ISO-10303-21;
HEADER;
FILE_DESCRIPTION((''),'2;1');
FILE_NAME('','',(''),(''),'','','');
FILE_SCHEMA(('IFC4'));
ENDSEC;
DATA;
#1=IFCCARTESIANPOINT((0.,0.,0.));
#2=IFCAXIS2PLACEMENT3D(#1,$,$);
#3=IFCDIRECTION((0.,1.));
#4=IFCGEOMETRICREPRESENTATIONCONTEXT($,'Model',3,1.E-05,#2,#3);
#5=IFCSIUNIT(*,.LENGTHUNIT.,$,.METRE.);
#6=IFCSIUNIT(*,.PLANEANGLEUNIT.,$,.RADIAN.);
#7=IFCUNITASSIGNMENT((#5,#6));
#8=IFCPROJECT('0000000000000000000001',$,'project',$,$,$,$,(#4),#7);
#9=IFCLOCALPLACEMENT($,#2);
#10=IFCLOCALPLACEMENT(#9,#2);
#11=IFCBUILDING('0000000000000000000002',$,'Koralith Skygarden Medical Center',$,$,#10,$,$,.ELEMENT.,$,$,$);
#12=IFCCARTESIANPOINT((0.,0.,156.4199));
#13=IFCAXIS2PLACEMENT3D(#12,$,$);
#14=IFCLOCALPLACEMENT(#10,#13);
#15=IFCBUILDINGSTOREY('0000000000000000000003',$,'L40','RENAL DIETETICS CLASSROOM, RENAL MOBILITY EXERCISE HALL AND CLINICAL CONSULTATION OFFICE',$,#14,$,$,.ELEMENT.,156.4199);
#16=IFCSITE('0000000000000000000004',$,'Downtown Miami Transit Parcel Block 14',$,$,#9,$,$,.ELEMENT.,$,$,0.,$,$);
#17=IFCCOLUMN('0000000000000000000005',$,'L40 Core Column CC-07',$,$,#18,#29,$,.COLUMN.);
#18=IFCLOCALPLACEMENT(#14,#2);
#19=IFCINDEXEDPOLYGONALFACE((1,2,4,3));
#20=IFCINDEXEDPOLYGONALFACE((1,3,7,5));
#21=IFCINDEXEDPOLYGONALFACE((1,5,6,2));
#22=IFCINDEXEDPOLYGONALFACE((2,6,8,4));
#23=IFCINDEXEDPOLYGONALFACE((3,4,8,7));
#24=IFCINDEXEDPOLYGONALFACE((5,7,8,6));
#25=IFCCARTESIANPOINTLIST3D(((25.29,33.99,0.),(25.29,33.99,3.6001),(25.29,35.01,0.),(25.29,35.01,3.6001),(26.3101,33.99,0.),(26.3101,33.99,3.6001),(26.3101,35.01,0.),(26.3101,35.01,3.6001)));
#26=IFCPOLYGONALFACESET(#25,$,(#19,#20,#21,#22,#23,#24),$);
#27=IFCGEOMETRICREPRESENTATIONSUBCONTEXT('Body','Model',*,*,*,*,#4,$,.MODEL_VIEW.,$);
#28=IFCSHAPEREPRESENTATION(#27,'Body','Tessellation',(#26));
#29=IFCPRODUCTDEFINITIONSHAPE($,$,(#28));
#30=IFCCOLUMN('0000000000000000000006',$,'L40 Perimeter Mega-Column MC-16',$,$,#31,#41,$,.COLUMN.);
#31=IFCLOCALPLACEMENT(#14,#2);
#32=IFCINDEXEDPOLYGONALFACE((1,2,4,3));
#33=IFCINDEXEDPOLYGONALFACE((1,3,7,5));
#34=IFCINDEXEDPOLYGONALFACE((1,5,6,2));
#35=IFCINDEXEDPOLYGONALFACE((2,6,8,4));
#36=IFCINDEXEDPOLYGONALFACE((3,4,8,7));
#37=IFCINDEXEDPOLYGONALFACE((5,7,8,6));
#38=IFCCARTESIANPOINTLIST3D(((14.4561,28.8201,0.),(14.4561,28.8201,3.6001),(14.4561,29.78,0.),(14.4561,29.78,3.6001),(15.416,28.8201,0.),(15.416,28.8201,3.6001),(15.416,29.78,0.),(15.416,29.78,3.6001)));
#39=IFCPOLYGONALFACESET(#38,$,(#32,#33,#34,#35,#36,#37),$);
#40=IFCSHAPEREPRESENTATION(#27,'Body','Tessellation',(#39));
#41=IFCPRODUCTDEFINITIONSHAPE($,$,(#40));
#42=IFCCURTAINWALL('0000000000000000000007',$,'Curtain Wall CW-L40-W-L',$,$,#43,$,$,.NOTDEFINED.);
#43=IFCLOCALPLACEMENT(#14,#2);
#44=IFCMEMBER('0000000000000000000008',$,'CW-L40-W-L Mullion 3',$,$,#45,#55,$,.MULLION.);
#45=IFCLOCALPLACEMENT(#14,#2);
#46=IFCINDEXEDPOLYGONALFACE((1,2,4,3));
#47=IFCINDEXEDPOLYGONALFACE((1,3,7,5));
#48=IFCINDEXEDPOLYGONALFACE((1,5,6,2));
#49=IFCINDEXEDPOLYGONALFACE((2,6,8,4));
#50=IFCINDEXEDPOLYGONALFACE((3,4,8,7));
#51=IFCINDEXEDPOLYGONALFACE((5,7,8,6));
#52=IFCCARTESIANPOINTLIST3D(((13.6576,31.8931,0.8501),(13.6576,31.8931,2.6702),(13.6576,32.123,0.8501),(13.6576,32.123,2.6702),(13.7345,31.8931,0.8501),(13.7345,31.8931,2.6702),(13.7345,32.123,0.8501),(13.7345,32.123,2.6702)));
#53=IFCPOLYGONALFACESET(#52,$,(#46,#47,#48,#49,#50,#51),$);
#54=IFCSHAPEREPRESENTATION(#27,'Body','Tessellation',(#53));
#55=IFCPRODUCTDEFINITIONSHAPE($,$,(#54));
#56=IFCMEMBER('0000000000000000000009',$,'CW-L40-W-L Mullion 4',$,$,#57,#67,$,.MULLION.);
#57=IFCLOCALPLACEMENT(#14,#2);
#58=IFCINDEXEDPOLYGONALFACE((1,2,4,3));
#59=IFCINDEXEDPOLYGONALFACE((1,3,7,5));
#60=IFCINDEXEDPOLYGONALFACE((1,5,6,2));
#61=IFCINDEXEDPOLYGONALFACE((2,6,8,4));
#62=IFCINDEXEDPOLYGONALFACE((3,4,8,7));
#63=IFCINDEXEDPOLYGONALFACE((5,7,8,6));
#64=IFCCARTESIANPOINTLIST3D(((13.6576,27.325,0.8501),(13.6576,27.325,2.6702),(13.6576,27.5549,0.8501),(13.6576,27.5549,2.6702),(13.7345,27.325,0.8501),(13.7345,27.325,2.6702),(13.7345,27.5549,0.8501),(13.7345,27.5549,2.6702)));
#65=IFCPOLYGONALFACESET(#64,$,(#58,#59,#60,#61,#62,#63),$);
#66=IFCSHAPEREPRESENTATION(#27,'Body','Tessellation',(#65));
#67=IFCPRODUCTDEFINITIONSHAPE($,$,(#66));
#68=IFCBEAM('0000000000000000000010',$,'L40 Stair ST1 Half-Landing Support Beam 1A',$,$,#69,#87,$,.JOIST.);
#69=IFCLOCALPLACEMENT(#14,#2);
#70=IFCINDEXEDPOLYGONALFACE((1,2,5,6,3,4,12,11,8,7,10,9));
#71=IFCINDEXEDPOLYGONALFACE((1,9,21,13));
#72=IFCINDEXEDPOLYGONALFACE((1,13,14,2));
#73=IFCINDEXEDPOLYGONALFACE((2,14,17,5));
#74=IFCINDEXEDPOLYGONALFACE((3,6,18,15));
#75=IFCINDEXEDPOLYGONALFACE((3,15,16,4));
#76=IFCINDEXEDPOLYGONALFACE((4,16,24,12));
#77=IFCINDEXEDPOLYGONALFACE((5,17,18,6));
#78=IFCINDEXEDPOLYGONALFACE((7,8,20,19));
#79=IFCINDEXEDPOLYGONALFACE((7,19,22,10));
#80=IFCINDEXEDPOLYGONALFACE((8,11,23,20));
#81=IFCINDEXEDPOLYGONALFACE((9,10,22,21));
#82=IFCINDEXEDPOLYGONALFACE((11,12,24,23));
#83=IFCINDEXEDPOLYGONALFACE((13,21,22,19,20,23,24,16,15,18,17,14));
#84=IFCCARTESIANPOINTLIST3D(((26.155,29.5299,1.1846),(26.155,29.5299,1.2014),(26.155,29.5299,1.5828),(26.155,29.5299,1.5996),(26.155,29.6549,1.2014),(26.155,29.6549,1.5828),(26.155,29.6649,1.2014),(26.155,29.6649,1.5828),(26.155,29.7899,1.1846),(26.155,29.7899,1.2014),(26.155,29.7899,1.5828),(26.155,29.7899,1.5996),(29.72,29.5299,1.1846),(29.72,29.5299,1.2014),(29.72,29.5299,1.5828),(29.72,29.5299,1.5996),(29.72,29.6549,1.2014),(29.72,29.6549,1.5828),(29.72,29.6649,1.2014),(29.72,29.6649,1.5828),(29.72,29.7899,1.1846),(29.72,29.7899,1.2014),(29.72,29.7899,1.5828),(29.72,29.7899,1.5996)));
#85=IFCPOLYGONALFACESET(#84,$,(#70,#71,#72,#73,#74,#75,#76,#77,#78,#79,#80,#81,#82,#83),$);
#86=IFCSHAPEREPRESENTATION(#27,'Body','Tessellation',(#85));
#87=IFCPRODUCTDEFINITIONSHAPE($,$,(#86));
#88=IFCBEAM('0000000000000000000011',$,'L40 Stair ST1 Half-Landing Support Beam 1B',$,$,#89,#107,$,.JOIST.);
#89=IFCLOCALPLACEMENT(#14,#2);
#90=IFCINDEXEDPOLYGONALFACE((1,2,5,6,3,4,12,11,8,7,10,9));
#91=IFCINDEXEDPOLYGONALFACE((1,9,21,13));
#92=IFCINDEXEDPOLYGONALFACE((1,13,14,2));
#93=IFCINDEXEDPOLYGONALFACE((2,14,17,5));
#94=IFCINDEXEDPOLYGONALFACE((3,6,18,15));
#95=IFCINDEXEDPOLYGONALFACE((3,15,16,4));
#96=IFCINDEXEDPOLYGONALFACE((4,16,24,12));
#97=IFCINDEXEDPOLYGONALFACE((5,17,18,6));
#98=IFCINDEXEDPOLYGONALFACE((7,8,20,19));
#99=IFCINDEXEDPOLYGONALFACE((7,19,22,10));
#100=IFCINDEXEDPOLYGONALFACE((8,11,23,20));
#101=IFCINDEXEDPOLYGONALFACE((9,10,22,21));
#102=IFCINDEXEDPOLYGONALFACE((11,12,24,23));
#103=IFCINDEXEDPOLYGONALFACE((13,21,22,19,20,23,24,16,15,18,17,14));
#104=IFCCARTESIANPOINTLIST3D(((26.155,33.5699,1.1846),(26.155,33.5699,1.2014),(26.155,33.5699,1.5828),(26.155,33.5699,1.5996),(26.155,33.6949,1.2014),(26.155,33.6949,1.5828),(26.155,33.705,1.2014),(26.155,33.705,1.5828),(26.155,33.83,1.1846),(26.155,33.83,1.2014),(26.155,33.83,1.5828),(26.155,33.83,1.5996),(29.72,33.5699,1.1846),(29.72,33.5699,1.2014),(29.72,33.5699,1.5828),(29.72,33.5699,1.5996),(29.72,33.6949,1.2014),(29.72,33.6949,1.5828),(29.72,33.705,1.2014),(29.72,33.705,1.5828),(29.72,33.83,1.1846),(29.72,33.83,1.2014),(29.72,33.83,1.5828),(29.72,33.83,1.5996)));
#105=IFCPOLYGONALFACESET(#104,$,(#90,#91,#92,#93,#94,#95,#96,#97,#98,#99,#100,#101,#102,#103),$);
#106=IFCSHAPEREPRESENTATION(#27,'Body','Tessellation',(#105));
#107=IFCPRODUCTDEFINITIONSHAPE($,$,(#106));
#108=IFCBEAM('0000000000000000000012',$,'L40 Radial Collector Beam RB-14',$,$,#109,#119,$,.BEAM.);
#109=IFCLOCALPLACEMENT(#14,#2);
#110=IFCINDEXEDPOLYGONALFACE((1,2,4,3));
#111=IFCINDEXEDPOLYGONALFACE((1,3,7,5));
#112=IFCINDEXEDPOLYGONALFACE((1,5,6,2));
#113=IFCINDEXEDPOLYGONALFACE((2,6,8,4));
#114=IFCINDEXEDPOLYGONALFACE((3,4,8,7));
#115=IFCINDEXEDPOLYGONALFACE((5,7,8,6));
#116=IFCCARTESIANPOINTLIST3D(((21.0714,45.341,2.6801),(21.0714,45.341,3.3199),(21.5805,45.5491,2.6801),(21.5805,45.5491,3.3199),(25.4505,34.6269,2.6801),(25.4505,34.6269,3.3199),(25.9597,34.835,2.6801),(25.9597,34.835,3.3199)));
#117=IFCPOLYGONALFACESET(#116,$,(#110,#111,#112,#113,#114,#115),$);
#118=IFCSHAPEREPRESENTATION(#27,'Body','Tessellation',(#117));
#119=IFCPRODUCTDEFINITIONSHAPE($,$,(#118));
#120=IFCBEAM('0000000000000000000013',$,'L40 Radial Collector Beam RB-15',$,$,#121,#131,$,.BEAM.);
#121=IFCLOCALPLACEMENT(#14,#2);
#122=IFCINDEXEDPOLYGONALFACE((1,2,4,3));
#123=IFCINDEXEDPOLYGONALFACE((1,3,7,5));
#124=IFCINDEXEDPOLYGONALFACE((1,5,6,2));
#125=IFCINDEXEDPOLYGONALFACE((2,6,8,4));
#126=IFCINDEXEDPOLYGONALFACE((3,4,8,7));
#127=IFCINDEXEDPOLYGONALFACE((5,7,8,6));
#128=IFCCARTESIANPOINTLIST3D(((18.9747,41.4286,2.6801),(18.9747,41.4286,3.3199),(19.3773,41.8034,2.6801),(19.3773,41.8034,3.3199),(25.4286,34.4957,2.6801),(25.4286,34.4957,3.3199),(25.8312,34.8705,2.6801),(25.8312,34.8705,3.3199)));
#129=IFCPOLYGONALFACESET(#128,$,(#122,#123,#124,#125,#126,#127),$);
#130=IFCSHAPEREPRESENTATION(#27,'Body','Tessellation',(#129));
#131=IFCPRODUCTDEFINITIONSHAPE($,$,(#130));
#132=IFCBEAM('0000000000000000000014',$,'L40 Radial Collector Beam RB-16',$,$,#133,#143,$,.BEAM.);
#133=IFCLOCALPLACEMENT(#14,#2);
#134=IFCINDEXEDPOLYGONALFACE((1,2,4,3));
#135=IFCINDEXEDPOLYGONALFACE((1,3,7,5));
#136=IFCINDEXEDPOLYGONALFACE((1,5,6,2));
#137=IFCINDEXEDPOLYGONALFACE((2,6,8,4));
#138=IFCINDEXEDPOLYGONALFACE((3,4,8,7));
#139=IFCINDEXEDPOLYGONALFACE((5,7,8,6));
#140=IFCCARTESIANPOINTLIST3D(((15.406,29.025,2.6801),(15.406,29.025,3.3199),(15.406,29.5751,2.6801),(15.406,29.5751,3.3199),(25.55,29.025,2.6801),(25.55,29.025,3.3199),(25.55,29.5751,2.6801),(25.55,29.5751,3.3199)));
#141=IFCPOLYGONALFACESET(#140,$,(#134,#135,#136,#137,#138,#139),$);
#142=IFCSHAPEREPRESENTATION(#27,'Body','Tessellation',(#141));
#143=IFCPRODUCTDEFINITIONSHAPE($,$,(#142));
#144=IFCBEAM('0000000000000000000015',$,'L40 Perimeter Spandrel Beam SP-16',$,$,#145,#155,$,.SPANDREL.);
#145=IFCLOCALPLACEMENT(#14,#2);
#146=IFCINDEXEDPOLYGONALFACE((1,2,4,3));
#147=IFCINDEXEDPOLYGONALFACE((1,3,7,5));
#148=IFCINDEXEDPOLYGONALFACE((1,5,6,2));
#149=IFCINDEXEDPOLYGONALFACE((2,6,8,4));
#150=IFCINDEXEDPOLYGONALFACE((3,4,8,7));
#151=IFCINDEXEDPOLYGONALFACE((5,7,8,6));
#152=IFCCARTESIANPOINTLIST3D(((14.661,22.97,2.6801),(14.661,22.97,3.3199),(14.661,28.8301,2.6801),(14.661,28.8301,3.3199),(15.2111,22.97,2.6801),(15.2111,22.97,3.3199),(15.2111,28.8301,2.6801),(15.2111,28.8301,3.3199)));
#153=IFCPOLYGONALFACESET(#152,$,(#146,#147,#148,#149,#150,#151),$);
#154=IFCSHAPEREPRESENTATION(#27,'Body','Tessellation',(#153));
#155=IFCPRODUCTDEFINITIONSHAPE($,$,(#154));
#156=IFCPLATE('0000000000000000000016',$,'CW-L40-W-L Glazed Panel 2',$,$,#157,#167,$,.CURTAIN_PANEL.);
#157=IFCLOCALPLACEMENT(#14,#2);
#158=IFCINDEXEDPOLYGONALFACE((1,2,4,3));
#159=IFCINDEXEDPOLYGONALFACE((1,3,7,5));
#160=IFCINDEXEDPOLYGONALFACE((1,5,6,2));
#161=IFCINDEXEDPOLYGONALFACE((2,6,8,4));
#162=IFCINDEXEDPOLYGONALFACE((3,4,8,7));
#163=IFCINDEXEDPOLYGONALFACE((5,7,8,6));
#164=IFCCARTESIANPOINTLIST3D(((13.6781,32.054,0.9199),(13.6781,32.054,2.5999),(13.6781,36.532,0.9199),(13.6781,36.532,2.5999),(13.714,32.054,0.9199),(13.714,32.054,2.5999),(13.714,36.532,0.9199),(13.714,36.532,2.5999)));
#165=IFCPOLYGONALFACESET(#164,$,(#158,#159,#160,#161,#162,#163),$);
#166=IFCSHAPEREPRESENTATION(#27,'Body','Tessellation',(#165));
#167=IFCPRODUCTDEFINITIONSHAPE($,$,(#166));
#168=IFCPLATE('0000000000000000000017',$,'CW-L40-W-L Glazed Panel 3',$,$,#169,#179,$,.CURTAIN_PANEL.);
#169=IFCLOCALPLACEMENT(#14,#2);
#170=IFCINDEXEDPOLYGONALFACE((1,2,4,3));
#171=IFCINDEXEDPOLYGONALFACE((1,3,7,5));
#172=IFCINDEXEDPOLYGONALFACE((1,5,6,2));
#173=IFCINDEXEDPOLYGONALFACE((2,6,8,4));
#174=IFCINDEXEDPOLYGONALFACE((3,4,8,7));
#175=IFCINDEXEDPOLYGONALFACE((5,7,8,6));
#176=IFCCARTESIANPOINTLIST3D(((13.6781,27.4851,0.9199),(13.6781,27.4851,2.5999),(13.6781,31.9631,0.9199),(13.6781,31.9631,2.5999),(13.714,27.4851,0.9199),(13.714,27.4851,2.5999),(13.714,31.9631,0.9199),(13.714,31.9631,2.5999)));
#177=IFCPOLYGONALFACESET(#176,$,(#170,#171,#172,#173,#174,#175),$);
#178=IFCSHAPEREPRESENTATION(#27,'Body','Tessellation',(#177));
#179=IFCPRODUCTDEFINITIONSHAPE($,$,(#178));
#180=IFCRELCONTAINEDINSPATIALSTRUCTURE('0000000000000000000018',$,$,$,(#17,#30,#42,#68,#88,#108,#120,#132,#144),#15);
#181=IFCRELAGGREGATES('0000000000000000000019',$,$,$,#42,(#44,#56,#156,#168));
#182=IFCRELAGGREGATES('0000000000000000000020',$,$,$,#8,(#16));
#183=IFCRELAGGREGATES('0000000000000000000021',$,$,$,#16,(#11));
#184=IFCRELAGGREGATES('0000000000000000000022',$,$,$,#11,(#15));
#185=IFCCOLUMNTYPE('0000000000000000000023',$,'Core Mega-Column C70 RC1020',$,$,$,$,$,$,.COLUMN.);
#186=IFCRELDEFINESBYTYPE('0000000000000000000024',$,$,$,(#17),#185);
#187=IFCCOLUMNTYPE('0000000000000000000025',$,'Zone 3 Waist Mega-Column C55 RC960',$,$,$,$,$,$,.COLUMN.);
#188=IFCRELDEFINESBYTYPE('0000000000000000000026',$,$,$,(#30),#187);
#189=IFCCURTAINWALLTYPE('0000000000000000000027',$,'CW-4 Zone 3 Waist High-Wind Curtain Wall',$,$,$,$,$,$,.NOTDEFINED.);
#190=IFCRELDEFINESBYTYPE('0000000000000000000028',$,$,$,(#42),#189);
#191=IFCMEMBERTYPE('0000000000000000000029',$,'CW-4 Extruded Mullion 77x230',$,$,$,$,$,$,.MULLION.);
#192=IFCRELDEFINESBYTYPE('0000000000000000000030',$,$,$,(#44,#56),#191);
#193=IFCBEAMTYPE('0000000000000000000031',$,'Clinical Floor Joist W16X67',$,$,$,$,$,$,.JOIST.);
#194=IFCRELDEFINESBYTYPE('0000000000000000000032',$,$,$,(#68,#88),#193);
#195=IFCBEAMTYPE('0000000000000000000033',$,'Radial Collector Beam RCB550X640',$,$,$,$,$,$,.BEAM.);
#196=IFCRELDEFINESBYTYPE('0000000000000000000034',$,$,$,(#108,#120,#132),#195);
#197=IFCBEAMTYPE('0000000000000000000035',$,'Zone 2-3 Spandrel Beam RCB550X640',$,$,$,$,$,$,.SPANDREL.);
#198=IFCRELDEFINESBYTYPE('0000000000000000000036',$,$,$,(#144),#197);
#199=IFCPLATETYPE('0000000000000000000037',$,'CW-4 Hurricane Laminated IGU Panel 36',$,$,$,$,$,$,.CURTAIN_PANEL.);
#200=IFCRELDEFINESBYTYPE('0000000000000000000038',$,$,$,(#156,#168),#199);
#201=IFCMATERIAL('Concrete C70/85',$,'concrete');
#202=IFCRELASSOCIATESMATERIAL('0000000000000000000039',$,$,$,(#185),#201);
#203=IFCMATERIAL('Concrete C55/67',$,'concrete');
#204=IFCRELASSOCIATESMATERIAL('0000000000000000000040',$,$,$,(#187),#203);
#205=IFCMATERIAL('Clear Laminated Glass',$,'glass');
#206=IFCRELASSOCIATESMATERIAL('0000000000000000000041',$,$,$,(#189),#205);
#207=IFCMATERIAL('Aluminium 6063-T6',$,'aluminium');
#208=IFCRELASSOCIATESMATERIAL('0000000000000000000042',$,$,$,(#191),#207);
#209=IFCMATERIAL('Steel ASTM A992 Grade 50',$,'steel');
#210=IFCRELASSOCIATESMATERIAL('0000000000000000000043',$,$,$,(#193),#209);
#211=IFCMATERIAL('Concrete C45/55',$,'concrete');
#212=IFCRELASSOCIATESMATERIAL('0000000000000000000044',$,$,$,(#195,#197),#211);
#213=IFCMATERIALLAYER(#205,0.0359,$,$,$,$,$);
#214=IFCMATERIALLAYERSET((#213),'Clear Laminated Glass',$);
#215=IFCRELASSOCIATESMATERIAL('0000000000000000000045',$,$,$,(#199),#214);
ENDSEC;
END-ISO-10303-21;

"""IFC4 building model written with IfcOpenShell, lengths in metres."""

from ifc_helpers import new_model, si_unit, direction, frame, origin, origin_2d, place, context, subcontext, project, spatial, rectangle, i_section, extrude, material, layer, layer_set, material_profile, profile_set, type_object, element, aggregate, save


model = new_model("IFC4")

# Units and contexts
model_context = context("Model", 3, precision=1e-05, world=origin(), true_north=direction((0.0, 1.0)))
body_context = subcontext(model_context, "Body", "Model", "MODEL_VIEW")
ifc_project = project(units=[si_unit("LENGTHUNIT", "METRE"), si_unit("PLANEANGLEUNIT", "RADIAN")], contexts=[model_context])

# Site, building, storey
site_placement = place(None, origin())
site = spatial("IfcSite", under=ifc_project, at=site_placement, Name="Downtown Miami Transit Parcel Block 14", CompositionType="ELEMENT", RefElevation=0.0)
building_placement = place(site_placement, origin())
building = spatial("IfcBuilding", under=site, at=building_placement, Name="Koralith Skygarden Medical Center", CompositionType="ELEMENT")
storey_placement = place(building_placement, frame((0.0, 0.0, 156.4199)))
storey = spatial("IfcBuildingStorey", under=building, at=storey_placement, Name="L40", Description="RENAL DIETETICS CLASSROOM, RENAL MOBILITY EXERCISE HALL AND CLINICAL CONSULTATION OFFICE", CompositionType="ELEMENT", Elevation=156.4199)

# Columns
ifc_material_1 = material(Name="Concrete C70/85", Category="concrete")
ifc_material_profile_1 = material_profile(ifc_material_1, rectangle(XDim=1.02, YDim=1.02, at=origin_2d()), Name="RC1020X1020")
ifc_profile_set_1 = profile_set([ifc_material_profile_1], Name="Concrete C70/85")
column_type_1 = type_object("IfcColumnType", Name="Core Mega-Column C70 RC1020", PredefinedType="COLUMN", material=ifc_profile_set_1)
column_1_placement = place(storey_placement, frame((25.8, 34.5, 0.0), z_axis=(0.0, 0.0, 1.0), x_axis=(1.0, 0.0, 0.0)))
element("IfcColumn", 1, at=column_1_placement, inside=storey, type_object=column_type_1, Name="L40 Core Column CC-07", PredefinedType="COLUMN", context=body_context, shape_type="SweptSolid", body=[
    extrude(rectangle(XDim=1.02, YDim=1.02, at=origin_2d()), origin(), (0.0, 0.0, 1.0), 3.6001),
])
ifc_material_2 = material(Name="Concrete C55/67", Category="concrete")
ifc_material_profile_2 = material_profile(ifc_material_2, rectangle(XDim=0.96, YDim=0.96, at=origin_2d()), Name="RC960X960")
ifc_profile_set_2 = profile_set([ifc_material_profile_2], Name="Concrete C55/67")
column_type_2 = type_object("IfcColumnType", Name="Zone 3 Waist Mega-Column C55 RC960", PredefinedType="COLUMN", material=ifc_profile_set_2)
column_2_placement = place(storey_placement, frame((14.936, 29.3, 0.0), z_axis=(0.0, 0.0, 1.0), x_axis=(1.0, 0.0, 0.0)))
element("IfcColumn", 2, at=column_2_placement, inside=storey, type_object=column_type_2, Name="L40 Perimeter Mega-Column MC-16", PredefinedType="COLUMN", context=body_context, shape_type="SweptSolid", body=[
    extrude(rectangle(XDim=0.96, YDim=0.96, at=origin_2d()), origin(), (0.0, 0.0, 1.0), 3.6001),
])

# Curtain wall, members
ifc_material_3 = material(Name="Clear Laminated Glass", Category="glass")
curtain_wall_type = type_object("IfcCurtainWallType", Name="CW-4 Zone 3 Waist High-Wind Curtain Wall", PredefinedType="NOTDEFINED", material=ifc_material_3)
curtain_wall_placement = place(storey_placement, origin())
curtain_wall = element("IfcCurtainWall", 3, at=curtain_wall_placement, inside=storey, type_object=curtain_wall_type, Name="Curtain Wall CW-L40-W-L", PredefinedType="NOTDEFINED")
ifc_material_4 = material(Name="Aluminium 6063-T6", Category="aluminium")
ifc_material_profile_3 = material_profile(ifc_material_4, rectangle(XDim=0.0769, YDim=0.23, at=origin_2d()), Name="MUL77X230")
ifc_profile_set_3 = profile_set([ifc_material_profile_3], Name="Aluminium 6063-T6")
member_type = type_object("IfcMemberType", Name="CW-4 Extruded Mullion 77x230", PredefinedType="MULLION", material=ifc_profile_set_3)
member_1_placement = place(storey_placement, frame((13.696, 32.0081, 0.8501), z_axis=(0.0, 0.0, 1.0), x_axis=(1.0, 0.0, 0.0)))
member_1 = element("IfcMember", 4, at=member_1_placement, type_object=member_type, Name="CW-L40-W-L Mullion 3", PredefinedType="MULLION", context=body_context, shape_type="SweptSolid", body=[
    extrude(rectangle(XDim=0.0769, YDim=0.23, at=origin_2d()), origin(), (0.0, 0.0, 1.0), 1.8201),
])
member_2_placement = place(storey_placement, frame((13.696, 27.4399, 0.8501), z_axis=(0.0, 0.0, 1.0), x_axis=(1.0, 0.0, 0.0)))
member_2 = element("IfcMember", 5, at=member_2_placement, type_object=member_type, Name="CW-L40-W-L Mullion 4", PredefinedType="MULLION", context=body_context, shape_type="SweptSolid", body=[
    extrude(rectangle(XDim=0.0769, YDim=0.23, at=origin_2d()), origin(), (0.0, 0.0, 1.0), 1.8201),
])

# Beams
ifc_material_5 = material(Name="Steel ASTM A992 Grade 50", Category="steel")
ifc_material_profile_4 = material_profile(ifc_material_5, i_section(OverallWidth=0.26, OverallDepth=0.415, WebThickness=0.01, FlangeThickness=0.0168, at=origin_2d()), Name="W16X67")
ifc_profile_set_4 = profile_set([ifc_material_profile_4], Name="Steel ASTM A992 Grade 50")
beam_type_1 = type_object("IfcBeamType", Name="Clinical Floor Joist W16X67", PredefinedType="JOIST", material=ifc_profile_set_4)
for number, where, z_axis, x_axis, name in (
    (6, (26.155, 29.6599, 1.3921), (1.0, 0.0, 0.0), (0.0, 1.0, 0.0), "L40 Stair ST1 Half-Landing Support Beam 1A"),
    (7, (26.155, 33.7, 1.3921), (1.0, 0.0, 0.0), (0.0, 1.0, 0.0), "L40 Stair ST1 Half-Landing Support Beam 1B"),
):
    element("IfcBeam", number, at=place(storey_placement, frame(where, z_axis=z_axis, x_axis=x_axis)), inside=storey, type_object=beam_type_1, Name=name, PredefinedType="JOIST", context=body_context, shape_type="SweptSolid", body=[
        extrude(i_section(OverallWidth=0.26, OverallDepth=0.415, WebThickness=0.01, FlangeThickness=0.0168, at=origin_2d()), origin(), (0.0, 0.0, 1.0), 3.5649),
    ])
ifc_material_6 = material(Name="Concrete C45/55", Category="concrete")
ifc_material_profile_5 = material_profile(ifc_material_6, rectangle(XDim=0.55, YDim=0.6399, at=origin_2d()), Name="RCB550X640")
ifc_profile_set_5 = profile_set([ifc_material_profile_5], Name="Concrete C45/55")
beam_type_2 = type_object("IfcBeamType", Name="Radial Collector Beam RCB550X640", PredefinedType="BEAM", material=ifc_profile_set_5)
beam_1_placement = place(storey_placement, frame((25.7051, 34.731, 3.0), z_axis=(-0.378345, 0.925665, 0.0), x_axis=(-0.925665, -0.378345, 0.0)))
element("IfcBeam", 8, at=beam_1_placement, inside=storey, type_object=beam_type_2, Name="L40 Radial Collector Beam RB-14", PredefinedType="BEAM", context=body_context, shape_type="SweptSolid", body=[
    extrude(rectangle(XDim=0.55, YDim=0.6399, at=origin_2d()), origin(), (0.0, 0.0, 1.0), 11.5745),
])
beam_2_placement = place(storey_placement, frame((25.6299, 34.6831, 3.0), z_axis=(-0.681369, 0.73194, 0.0), x_axis=(-0.73194, -0.681369, 0.0)))
element("IfcBeam", 9, at=beam_2_placement, inside=storey, type_object=beam_type_2, Name="L40 Radial Collector Beam RB-15", PredefinedType="BEAM", context=body_context, shape_type="SweptSolid", body=[
    extrude(rectangle(XDim=0.55, YDim=0.6399, at=origin_2d()), origin(), (0.0, 0.0, 1.0), 9.4719),
])
beam_3_placement = place(storey_placement, frame((25.55, 29.3, 3.0), z_axis=(-1.0, 0.0, 0.0), x_axis=(0.0, -1.0, 0.0)))
element("IfcBeam", 10, at=beam_3_placement, inside=storey, type_object=beam_type_2, Name="L40 Radial Collector Beam RB-16", PredefinedType="BEAM", context=body_context, shape_type="SweptSolid", body=[
    extrude(rectangle(XDim=0.55, YDim=0.6399, at=origin_2d()), origin(), (0.0, 0.0, 1.0), 10.144),
])
ifc_material_profile_6 = material_profile(ifc_material_6, rectangle(XDim=0.55, YDim=0.6399, at=origin_2d()), Name="RCB550X640")
ifc_profile_set_6 = profile_set([ifc_material_profile_6], Name="Concrete C45/55")
beam_type_3 = type_object("IfcBeamType", Name="Zone 2-3 Spandrel Beam RCB550X640", PredefinedType="SPANDREL", material=ifc_profile_set_6)
beam_4_placement = place(storey_placement, frame((14.936, 28.8301, 3.0), z_axis=(0.0, -1.0, 0.0), x_axis=(1.0, 0.0, 0.0)))
element("IfcBeam", 11, at=beam_4_placement, inside=storey, type_object=beam_type_3, Name="L40 Perimeter Spandrel Beam SP-16", PredefinedType="SPANDREL", context=body_context, shape_type="SweptSolid", body=[
    extrude(rectangle(XDim=0.55, YDim=0.6399, at=origin_2d()), origin(), (0.0, 0.0, 1.0), 5.8601),
])

# Plates
ifc_layer_1 = layer(ifc_material_3, 0.0359)
ifc_layer_set_1 = layer_set([ifc_layer_1], Name="Clear Laminated Glass")
plate_type = type_object("IfcPlateType", Name="CW-4 Hurricane Laminated IGU Panel 36", PredefinedType="CURTAIN_PANEL", material=ifc_layer_set_1)
plate_1_placement = place(storey_placement, frame((13.696, 34.293, 0.9199), z_axis=(0.0, 0.0, 1.0), x_axis=(0.0, -1.0, 0.0)))
plate_1 = element("IfcPlate", 12, at=plate_1_placement, type_object=plate_type, Name="CW-L40-W-L Glazed Panel 2", PredefinedType="CURTAIN_PANEL", context=body_context, shape_type="SweptSolid", body=[
    extrude(rectangle(XDim=4.478, YDim=0.0359, at=origin_2d()), origin(), (0.0, 0.0, 1.0), 1.6799),
])
plate_2_placement = place(storey_placement, frame((13.696, 29.7241, 0.9199), z_axis=(0.0, 0.0, 1.0), x_axis=(0.0, -1.0, 0.0)))
plate_2 = element("IfcPlate", 13, at=plate_2_placement, type_object=plate_type, Name="CW-L40-W-L Glazed Panel 3", PredefinedType="CURTAIN_PANEL", context=body_context, shape_type="SweptSolid", body=[
    extrude(rectangle(XDim=4.478, YDim=0.0359, at=origin_2d()), origin(), (0.0, 0.0, 1.0), 1.6799),
])
aggregate(curtain_wall, [member_1, member_2, plate_1, plate_2])

save(model, "model.ifc")
